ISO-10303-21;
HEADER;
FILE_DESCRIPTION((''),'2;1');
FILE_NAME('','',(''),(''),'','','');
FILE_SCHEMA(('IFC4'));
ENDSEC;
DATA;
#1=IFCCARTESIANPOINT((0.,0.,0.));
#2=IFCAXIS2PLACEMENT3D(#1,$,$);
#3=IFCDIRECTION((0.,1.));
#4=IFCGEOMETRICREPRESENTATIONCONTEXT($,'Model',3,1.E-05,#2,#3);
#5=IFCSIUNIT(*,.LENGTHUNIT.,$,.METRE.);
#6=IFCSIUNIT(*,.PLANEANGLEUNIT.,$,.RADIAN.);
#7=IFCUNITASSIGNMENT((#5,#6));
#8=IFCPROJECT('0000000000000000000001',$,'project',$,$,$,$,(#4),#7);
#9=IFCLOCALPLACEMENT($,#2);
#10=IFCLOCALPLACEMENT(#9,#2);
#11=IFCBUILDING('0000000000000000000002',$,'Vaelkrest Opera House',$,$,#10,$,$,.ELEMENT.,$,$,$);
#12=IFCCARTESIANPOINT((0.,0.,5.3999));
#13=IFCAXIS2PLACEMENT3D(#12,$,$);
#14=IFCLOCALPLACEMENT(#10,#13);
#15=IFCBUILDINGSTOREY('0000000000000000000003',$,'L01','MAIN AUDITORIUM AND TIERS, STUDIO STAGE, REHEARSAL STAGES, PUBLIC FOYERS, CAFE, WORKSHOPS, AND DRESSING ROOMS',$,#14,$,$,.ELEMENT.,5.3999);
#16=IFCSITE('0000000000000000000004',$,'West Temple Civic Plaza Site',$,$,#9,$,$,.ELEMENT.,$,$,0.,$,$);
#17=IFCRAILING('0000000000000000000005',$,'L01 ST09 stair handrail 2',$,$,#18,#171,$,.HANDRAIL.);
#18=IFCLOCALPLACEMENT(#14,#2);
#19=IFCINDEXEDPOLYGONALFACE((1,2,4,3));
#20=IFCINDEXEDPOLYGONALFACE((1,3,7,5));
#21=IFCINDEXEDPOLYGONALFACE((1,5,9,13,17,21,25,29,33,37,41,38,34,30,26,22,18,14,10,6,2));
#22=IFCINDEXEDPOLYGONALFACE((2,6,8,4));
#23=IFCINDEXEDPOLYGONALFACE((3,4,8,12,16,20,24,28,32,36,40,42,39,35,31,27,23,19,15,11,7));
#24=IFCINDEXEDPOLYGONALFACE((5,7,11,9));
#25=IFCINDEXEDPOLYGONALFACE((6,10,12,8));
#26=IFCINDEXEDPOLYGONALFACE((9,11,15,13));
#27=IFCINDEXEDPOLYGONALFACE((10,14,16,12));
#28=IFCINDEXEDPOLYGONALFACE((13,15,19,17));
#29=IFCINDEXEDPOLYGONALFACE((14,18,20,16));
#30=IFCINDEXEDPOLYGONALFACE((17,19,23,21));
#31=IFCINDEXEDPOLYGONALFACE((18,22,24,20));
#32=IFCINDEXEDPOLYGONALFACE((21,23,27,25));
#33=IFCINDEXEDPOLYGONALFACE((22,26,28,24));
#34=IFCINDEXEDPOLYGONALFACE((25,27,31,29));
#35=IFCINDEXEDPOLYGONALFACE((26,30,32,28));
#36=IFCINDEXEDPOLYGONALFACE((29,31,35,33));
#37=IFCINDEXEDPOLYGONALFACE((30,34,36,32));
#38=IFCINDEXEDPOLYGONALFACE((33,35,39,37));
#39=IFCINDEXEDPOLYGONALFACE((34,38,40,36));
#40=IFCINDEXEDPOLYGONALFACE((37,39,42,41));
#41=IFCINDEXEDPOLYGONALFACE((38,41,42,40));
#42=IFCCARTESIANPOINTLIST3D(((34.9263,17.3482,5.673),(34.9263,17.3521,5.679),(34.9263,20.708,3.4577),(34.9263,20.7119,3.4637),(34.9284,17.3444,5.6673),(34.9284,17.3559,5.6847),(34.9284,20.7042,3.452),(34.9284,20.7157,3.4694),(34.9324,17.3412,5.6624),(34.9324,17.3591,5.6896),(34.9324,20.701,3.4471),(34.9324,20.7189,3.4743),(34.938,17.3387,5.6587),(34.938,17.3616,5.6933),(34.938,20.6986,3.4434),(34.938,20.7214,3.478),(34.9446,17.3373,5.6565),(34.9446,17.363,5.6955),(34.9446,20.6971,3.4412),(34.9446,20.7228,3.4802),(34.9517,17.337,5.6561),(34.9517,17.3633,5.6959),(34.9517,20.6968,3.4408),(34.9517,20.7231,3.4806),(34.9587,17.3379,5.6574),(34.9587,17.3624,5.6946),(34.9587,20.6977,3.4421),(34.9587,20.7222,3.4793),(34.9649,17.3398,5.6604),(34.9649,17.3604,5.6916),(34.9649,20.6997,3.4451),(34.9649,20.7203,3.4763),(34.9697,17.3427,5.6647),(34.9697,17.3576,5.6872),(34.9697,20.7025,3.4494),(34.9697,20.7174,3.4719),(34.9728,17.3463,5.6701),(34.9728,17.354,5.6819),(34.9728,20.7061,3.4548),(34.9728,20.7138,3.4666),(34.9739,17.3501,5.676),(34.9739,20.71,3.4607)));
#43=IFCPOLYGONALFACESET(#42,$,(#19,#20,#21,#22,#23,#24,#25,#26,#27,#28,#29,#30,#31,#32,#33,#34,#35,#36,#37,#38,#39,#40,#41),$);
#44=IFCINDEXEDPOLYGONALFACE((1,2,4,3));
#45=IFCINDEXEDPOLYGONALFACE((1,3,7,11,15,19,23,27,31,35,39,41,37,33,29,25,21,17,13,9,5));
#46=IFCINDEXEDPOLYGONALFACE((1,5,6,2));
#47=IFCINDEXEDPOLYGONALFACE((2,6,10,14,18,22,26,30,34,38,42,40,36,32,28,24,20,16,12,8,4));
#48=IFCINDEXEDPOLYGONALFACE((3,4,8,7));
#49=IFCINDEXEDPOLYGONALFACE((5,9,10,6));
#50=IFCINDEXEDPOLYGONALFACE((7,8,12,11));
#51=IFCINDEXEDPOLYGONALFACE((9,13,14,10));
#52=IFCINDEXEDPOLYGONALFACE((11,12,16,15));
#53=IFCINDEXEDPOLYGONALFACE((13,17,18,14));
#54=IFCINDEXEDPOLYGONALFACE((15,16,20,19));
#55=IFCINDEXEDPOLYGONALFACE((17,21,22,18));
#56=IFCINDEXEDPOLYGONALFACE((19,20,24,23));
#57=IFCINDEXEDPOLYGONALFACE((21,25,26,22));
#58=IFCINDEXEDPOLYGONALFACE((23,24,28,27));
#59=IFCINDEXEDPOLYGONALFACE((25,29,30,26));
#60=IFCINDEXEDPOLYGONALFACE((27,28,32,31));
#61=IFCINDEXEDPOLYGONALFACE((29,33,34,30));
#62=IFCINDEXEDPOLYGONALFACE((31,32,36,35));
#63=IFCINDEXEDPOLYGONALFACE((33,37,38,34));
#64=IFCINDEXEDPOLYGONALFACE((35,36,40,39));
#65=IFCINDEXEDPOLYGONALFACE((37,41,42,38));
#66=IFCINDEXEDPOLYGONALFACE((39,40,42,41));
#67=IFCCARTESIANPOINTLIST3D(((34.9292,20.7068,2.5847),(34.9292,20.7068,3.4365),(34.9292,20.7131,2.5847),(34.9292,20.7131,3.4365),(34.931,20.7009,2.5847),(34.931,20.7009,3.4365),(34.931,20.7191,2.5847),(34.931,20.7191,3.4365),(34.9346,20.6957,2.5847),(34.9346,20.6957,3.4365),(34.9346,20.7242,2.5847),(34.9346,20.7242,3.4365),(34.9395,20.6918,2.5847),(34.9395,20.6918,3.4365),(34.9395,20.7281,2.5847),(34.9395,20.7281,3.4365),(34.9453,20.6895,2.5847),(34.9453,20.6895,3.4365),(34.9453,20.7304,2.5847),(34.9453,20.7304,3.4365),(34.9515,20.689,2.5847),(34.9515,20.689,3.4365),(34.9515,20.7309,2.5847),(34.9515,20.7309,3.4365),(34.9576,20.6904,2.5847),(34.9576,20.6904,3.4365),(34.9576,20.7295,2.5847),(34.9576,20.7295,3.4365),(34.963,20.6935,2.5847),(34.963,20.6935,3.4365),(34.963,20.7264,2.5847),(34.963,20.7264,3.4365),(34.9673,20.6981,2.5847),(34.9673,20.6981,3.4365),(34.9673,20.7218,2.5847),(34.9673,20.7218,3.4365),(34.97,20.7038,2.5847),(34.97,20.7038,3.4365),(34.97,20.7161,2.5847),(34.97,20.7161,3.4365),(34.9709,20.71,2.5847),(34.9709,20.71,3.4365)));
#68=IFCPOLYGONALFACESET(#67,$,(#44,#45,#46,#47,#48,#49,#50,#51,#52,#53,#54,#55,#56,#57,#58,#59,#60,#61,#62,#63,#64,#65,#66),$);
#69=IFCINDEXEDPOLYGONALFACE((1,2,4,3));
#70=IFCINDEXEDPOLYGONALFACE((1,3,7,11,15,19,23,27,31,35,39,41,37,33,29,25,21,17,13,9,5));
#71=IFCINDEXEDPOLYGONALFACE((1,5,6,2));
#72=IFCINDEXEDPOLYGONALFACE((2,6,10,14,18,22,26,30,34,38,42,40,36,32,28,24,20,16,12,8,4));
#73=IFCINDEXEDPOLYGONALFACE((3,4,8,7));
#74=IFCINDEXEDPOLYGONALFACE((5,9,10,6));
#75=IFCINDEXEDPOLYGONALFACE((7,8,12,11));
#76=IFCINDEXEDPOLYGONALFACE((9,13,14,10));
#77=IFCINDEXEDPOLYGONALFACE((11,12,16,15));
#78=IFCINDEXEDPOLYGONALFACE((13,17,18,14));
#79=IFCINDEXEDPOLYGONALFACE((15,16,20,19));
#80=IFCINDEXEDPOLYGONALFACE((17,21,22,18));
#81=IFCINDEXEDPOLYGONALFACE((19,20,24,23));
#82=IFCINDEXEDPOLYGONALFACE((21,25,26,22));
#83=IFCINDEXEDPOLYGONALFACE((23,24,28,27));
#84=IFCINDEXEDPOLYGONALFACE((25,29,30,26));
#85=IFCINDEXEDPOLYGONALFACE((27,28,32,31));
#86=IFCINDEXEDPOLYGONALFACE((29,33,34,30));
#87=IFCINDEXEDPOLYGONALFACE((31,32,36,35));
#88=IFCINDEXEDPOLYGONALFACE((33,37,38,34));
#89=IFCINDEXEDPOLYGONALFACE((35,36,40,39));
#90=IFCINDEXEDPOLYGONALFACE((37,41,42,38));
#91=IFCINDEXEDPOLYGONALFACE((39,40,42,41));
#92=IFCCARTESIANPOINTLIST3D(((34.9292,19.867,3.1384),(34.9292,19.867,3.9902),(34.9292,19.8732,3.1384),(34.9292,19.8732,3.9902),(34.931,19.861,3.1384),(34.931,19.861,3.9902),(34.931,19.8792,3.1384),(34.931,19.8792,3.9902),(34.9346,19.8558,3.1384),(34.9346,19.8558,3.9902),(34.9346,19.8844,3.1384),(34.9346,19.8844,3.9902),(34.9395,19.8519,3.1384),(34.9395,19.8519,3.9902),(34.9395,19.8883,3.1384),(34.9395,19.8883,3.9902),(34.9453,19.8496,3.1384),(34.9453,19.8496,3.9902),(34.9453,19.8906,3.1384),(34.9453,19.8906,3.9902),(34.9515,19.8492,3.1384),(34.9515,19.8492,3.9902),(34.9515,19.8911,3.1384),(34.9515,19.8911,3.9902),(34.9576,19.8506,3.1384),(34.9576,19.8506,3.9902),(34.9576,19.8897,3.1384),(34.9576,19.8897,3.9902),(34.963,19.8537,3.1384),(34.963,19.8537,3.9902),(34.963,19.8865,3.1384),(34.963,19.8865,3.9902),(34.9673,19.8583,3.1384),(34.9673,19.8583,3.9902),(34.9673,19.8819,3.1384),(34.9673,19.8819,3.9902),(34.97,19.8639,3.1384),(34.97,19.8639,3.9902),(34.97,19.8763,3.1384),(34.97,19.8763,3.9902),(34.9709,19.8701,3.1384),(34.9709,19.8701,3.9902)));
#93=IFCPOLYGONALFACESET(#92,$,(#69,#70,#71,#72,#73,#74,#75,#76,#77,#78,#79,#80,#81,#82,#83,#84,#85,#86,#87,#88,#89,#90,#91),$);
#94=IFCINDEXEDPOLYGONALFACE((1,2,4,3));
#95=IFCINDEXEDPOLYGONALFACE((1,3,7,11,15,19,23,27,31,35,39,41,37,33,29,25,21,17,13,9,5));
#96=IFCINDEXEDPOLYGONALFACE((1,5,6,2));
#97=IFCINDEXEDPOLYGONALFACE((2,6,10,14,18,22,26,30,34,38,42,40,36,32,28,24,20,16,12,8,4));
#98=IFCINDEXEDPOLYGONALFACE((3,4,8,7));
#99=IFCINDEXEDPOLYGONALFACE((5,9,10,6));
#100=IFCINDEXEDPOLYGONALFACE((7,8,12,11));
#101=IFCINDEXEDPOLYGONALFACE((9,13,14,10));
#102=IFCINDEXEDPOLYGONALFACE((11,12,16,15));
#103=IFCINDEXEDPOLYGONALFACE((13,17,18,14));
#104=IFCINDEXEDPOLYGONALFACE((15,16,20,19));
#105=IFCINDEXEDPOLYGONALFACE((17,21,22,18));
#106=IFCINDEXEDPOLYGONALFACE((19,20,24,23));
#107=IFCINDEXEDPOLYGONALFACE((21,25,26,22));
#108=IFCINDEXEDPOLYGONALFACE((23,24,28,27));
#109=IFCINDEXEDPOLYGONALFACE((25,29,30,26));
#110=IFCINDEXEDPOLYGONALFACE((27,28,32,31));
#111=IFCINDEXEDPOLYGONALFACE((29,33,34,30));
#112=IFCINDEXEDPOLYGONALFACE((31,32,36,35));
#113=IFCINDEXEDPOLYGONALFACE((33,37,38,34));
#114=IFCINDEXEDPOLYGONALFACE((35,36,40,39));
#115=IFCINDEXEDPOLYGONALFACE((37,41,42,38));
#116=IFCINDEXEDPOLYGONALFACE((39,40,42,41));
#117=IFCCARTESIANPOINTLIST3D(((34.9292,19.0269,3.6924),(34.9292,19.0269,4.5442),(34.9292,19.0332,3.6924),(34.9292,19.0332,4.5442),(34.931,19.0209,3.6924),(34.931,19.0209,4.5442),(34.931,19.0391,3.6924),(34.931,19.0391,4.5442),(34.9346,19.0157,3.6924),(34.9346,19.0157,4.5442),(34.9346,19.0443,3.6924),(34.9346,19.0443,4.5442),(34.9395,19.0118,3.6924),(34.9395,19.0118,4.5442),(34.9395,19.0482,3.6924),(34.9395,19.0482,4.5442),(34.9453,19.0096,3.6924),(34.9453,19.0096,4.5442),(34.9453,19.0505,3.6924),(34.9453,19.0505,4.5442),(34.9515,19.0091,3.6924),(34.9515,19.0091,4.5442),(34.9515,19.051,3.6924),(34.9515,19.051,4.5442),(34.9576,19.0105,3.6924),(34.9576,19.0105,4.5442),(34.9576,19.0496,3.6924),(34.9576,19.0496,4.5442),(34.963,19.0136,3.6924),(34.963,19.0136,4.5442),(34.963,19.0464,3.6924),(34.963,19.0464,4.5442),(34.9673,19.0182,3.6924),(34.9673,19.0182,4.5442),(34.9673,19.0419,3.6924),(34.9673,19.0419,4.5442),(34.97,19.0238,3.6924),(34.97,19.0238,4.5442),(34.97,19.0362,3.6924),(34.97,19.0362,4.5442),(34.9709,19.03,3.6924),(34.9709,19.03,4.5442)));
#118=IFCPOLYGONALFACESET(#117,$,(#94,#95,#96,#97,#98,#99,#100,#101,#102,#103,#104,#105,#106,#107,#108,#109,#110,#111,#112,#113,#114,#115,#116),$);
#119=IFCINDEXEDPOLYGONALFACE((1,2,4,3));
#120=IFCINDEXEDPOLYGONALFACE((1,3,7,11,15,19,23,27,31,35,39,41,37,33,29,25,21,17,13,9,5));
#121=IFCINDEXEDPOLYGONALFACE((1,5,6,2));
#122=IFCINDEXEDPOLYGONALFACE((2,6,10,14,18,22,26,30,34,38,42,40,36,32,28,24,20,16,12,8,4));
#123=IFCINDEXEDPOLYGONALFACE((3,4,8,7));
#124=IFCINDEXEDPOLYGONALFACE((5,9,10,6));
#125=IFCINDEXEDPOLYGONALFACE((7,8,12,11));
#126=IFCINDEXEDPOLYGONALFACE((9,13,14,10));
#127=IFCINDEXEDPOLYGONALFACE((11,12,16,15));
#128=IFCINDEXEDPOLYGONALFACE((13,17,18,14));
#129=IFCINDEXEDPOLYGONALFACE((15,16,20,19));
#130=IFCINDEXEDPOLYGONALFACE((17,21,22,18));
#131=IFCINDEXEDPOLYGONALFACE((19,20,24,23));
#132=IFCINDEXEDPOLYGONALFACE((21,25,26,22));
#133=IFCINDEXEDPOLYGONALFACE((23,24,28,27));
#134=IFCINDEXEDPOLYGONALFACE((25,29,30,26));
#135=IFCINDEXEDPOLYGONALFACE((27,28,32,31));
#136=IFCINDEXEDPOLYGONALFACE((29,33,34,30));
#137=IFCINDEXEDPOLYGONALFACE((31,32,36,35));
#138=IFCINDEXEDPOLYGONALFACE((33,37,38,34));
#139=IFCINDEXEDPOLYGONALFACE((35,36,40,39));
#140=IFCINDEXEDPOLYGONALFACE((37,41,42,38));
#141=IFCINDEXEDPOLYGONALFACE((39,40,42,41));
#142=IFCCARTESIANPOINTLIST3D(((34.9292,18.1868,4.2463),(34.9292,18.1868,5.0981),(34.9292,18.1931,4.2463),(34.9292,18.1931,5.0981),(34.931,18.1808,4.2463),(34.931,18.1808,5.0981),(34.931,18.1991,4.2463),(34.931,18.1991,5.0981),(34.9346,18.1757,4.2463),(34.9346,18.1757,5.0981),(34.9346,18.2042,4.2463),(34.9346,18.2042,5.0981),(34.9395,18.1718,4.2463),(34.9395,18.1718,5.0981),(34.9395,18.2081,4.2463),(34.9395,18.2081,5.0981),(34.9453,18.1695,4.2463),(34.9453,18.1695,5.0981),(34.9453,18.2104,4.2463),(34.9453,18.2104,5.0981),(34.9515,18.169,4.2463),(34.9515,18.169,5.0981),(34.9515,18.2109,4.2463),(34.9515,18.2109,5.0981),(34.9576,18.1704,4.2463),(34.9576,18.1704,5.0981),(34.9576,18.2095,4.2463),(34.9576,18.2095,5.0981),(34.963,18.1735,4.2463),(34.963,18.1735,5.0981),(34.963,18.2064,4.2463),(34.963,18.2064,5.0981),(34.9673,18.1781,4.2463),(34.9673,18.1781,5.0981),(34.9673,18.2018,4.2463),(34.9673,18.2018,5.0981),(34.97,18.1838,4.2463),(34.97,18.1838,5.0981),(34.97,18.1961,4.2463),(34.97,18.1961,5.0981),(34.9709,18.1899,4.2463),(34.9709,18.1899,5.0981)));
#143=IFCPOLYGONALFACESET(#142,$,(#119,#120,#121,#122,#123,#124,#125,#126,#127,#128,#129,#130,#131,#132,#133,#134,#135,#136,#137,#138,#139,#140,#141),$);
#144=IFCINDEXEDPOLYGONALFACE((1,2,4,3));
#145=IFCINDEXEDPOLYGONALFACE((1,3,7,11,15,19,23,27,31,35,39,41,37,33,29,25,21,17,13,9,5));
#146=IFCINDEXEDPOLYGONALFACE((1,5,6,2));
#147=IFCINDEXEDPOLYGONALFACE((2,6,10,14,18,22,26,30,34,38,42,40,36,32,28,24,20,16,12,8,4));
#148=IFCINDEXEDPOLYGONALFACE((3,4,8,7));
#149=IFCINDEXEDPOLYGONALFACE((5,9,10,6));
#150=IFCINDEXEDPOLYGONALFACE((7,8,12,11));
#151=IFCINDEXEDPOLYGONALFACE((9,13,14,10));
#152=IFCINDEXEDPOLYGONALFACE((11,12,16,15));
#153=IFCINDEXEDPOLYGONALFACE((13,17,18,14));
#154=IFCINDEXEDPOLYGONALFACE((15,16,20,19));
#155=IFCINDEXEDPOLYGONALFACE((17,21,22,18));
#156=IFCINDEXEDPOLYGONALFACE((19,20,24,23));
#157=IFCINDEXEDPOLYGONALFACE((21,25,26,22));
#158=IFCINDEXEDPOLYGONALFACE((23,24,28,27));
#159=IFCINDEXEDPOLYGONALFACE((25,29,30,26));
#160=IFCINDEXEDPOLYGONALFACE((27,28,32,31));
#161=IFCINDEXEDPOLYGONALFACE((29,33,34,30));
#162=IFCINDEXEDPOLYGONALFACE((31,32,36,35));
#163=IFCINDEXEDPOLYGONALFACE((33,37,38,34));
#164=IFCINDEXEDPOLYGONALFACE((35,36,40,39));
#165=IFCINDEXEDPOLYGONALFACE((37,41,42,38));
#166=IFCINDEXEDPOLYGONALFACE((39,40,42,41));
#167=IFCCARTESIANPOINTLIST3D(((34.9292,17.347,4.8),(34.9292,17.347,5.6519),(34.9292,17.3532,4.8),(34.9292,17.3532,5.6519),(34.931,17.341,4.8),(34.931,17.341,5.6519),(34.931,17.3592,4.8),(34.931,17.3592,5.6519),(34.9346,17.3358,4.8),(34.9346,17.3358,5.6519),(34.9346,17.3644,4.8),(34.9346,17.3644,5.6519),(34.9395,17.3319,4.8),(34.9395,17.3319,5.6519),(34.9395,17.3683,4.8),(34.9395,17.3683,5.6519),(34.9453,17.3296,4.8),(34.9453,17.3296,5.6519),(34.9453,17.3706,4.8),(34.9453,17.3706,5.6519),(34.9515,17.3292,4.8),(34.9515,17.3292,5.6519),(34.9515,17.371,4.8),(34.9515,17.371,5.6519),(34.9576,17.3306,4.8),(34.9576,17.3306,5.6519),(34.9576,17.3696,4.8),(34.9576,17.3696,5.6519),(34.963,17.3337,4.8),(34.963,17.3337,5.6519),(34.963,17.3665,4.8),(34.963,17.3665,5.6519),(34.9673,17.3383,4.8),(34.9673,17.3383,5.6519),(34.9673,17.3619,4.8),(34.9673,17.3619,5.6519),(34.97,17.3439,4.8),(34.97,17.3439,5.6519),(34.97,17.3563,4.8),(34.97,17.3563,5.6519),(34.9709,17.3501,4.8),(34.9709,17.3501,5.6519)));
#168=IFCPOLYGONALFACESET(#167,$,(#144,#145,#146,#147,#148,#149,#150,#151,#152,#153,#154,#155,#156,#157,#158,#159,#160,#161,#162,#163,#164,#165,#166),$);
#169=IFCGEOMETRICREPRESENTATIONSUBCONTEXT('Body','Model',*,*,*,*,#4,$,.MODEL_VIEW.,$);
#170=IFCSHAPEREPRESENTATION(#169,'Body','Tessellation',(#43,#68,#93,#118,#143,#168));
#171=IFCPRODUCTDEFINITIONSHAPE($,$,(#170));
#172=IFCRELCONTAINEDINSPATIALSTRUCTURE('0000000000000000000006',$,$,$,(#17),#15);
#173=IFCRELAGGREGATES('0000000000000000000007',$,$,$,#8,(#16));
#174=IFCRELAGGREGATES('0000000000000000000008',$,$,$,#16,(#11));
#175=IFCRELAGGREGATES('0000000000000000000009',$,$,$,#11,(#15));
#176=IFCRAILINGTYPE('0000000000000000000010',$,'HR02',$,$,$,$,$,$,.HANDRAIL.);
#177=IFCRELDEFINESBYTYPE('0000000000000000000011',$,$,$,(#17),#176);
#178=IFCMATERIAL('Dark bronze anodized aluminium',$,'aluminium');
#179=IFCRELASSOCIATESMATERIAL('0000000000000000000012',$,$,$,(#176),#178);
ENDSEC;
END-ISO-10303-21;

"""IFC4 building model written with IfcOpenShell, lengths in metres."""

from ifc_helpers import new_model, si_unit, direction, frame, origin, origin_2d, place, context, subcontext, project, spatial, circle, extrude, material, type_object, element, save


model = new_model("IFC4")

# Units and contexts
model_context = context("Model", 3, precision=1e-05, world=origin(), true_north=direction((0.0, 1.0)))
body_context = subcontext(model_context, "Body", "Model", "MODEL_VIEW")
ifc_project = project(units=[si_unit("LENGTHUNIT", "METRE"), si_unit("PLANEANGLEUNIT", "RADIAN")], contexts=[model_context])

# Site, building, storey
site_placement = place(None, origin())
site = spatial("IfcSite", under=ifc_project, at=site_placement, Name="West Temple Civic Plaza Site", CompositionType="ELEMENT", RefElevation=0.0)
building_placement = place(site_placement, origin())
building = spatial("IfcBuilding", under=site, at=building_placement, Name="Vaelkrest Opera House", CompositionType="ELEMENT")
storey_placement = place(building_placement, frame((0.0, 0.0, 5.3999)))
storey = spatial("IfcBuildingStorey", under=building, at=storey_placement, Name="L01", Description="MAIN AUDITORIUM AND TIERS, STUDIO STAGE, REHEARSAL STAGES, PUBLIC FOYERS, CAFE, WORKSHOPS, AND DRESSING ROOMS", CompositionType="ELEMENT", Elevation=5.3999)

# Shared definitions
ifc_material_1 = material(Name="Dark bronze anodized aluminium", Category="aluminium")

# Railing
railing_type_1 = type_object("IfcRailingType", Name="HR02", PredefinedType="HANDRAIL", material=ifc_material_1)
railing_1_placement = place(storey_placement, frame((34.95, 20.71, 2.5847)))
element("IfcRailing", 1, at=railing_1_placement, inside=storey, type_object=railing_type_1, Name="L01 ST09 stair handrail 2", PredefinedType="HANDRAIL", context=body_context, shape_type="SweptSolid", body=[
    extrude(circle(Radius=0.0239, at=origin_2d()), frame((0.0, 0.0, 0.876), z_axis=(0.0, -0.834858, 0.550465), x_axis=(1.0, 0.0, 0.0)), (0.0, 0.0, 1.0), 4.0244),
    extrude(circle(Radius=0.021, at=origin_2d()), origin(), (0.0, 0.0, 1.0), 0.8518),
    extrude(circle(Radius=0.021, at=origin_2d()), frame((0.0, -0.8398, 0.5537)), (0.0, 0.0, 1.0), 0.8518),
    extrude(circle(Radius=0.021, at=origin_2d()), frame((0.0, -1.6799, 1.1077)), (0.0, 0.0, 1.0), 0.8518),
    extrude(circle(Radius=0.021, at=origin_2d()), frame((0.0, -2.52, 1.6616)), (0.0, 0.0, 1.0), 0.8518),
    extrude(circle(Radius=0.021, at=origin_2d()), frame((0.0, -3.3599, 2.2153)), (0.0, 0.0, 1.0), 0.8518),
])

save(model, "model.ifc")
